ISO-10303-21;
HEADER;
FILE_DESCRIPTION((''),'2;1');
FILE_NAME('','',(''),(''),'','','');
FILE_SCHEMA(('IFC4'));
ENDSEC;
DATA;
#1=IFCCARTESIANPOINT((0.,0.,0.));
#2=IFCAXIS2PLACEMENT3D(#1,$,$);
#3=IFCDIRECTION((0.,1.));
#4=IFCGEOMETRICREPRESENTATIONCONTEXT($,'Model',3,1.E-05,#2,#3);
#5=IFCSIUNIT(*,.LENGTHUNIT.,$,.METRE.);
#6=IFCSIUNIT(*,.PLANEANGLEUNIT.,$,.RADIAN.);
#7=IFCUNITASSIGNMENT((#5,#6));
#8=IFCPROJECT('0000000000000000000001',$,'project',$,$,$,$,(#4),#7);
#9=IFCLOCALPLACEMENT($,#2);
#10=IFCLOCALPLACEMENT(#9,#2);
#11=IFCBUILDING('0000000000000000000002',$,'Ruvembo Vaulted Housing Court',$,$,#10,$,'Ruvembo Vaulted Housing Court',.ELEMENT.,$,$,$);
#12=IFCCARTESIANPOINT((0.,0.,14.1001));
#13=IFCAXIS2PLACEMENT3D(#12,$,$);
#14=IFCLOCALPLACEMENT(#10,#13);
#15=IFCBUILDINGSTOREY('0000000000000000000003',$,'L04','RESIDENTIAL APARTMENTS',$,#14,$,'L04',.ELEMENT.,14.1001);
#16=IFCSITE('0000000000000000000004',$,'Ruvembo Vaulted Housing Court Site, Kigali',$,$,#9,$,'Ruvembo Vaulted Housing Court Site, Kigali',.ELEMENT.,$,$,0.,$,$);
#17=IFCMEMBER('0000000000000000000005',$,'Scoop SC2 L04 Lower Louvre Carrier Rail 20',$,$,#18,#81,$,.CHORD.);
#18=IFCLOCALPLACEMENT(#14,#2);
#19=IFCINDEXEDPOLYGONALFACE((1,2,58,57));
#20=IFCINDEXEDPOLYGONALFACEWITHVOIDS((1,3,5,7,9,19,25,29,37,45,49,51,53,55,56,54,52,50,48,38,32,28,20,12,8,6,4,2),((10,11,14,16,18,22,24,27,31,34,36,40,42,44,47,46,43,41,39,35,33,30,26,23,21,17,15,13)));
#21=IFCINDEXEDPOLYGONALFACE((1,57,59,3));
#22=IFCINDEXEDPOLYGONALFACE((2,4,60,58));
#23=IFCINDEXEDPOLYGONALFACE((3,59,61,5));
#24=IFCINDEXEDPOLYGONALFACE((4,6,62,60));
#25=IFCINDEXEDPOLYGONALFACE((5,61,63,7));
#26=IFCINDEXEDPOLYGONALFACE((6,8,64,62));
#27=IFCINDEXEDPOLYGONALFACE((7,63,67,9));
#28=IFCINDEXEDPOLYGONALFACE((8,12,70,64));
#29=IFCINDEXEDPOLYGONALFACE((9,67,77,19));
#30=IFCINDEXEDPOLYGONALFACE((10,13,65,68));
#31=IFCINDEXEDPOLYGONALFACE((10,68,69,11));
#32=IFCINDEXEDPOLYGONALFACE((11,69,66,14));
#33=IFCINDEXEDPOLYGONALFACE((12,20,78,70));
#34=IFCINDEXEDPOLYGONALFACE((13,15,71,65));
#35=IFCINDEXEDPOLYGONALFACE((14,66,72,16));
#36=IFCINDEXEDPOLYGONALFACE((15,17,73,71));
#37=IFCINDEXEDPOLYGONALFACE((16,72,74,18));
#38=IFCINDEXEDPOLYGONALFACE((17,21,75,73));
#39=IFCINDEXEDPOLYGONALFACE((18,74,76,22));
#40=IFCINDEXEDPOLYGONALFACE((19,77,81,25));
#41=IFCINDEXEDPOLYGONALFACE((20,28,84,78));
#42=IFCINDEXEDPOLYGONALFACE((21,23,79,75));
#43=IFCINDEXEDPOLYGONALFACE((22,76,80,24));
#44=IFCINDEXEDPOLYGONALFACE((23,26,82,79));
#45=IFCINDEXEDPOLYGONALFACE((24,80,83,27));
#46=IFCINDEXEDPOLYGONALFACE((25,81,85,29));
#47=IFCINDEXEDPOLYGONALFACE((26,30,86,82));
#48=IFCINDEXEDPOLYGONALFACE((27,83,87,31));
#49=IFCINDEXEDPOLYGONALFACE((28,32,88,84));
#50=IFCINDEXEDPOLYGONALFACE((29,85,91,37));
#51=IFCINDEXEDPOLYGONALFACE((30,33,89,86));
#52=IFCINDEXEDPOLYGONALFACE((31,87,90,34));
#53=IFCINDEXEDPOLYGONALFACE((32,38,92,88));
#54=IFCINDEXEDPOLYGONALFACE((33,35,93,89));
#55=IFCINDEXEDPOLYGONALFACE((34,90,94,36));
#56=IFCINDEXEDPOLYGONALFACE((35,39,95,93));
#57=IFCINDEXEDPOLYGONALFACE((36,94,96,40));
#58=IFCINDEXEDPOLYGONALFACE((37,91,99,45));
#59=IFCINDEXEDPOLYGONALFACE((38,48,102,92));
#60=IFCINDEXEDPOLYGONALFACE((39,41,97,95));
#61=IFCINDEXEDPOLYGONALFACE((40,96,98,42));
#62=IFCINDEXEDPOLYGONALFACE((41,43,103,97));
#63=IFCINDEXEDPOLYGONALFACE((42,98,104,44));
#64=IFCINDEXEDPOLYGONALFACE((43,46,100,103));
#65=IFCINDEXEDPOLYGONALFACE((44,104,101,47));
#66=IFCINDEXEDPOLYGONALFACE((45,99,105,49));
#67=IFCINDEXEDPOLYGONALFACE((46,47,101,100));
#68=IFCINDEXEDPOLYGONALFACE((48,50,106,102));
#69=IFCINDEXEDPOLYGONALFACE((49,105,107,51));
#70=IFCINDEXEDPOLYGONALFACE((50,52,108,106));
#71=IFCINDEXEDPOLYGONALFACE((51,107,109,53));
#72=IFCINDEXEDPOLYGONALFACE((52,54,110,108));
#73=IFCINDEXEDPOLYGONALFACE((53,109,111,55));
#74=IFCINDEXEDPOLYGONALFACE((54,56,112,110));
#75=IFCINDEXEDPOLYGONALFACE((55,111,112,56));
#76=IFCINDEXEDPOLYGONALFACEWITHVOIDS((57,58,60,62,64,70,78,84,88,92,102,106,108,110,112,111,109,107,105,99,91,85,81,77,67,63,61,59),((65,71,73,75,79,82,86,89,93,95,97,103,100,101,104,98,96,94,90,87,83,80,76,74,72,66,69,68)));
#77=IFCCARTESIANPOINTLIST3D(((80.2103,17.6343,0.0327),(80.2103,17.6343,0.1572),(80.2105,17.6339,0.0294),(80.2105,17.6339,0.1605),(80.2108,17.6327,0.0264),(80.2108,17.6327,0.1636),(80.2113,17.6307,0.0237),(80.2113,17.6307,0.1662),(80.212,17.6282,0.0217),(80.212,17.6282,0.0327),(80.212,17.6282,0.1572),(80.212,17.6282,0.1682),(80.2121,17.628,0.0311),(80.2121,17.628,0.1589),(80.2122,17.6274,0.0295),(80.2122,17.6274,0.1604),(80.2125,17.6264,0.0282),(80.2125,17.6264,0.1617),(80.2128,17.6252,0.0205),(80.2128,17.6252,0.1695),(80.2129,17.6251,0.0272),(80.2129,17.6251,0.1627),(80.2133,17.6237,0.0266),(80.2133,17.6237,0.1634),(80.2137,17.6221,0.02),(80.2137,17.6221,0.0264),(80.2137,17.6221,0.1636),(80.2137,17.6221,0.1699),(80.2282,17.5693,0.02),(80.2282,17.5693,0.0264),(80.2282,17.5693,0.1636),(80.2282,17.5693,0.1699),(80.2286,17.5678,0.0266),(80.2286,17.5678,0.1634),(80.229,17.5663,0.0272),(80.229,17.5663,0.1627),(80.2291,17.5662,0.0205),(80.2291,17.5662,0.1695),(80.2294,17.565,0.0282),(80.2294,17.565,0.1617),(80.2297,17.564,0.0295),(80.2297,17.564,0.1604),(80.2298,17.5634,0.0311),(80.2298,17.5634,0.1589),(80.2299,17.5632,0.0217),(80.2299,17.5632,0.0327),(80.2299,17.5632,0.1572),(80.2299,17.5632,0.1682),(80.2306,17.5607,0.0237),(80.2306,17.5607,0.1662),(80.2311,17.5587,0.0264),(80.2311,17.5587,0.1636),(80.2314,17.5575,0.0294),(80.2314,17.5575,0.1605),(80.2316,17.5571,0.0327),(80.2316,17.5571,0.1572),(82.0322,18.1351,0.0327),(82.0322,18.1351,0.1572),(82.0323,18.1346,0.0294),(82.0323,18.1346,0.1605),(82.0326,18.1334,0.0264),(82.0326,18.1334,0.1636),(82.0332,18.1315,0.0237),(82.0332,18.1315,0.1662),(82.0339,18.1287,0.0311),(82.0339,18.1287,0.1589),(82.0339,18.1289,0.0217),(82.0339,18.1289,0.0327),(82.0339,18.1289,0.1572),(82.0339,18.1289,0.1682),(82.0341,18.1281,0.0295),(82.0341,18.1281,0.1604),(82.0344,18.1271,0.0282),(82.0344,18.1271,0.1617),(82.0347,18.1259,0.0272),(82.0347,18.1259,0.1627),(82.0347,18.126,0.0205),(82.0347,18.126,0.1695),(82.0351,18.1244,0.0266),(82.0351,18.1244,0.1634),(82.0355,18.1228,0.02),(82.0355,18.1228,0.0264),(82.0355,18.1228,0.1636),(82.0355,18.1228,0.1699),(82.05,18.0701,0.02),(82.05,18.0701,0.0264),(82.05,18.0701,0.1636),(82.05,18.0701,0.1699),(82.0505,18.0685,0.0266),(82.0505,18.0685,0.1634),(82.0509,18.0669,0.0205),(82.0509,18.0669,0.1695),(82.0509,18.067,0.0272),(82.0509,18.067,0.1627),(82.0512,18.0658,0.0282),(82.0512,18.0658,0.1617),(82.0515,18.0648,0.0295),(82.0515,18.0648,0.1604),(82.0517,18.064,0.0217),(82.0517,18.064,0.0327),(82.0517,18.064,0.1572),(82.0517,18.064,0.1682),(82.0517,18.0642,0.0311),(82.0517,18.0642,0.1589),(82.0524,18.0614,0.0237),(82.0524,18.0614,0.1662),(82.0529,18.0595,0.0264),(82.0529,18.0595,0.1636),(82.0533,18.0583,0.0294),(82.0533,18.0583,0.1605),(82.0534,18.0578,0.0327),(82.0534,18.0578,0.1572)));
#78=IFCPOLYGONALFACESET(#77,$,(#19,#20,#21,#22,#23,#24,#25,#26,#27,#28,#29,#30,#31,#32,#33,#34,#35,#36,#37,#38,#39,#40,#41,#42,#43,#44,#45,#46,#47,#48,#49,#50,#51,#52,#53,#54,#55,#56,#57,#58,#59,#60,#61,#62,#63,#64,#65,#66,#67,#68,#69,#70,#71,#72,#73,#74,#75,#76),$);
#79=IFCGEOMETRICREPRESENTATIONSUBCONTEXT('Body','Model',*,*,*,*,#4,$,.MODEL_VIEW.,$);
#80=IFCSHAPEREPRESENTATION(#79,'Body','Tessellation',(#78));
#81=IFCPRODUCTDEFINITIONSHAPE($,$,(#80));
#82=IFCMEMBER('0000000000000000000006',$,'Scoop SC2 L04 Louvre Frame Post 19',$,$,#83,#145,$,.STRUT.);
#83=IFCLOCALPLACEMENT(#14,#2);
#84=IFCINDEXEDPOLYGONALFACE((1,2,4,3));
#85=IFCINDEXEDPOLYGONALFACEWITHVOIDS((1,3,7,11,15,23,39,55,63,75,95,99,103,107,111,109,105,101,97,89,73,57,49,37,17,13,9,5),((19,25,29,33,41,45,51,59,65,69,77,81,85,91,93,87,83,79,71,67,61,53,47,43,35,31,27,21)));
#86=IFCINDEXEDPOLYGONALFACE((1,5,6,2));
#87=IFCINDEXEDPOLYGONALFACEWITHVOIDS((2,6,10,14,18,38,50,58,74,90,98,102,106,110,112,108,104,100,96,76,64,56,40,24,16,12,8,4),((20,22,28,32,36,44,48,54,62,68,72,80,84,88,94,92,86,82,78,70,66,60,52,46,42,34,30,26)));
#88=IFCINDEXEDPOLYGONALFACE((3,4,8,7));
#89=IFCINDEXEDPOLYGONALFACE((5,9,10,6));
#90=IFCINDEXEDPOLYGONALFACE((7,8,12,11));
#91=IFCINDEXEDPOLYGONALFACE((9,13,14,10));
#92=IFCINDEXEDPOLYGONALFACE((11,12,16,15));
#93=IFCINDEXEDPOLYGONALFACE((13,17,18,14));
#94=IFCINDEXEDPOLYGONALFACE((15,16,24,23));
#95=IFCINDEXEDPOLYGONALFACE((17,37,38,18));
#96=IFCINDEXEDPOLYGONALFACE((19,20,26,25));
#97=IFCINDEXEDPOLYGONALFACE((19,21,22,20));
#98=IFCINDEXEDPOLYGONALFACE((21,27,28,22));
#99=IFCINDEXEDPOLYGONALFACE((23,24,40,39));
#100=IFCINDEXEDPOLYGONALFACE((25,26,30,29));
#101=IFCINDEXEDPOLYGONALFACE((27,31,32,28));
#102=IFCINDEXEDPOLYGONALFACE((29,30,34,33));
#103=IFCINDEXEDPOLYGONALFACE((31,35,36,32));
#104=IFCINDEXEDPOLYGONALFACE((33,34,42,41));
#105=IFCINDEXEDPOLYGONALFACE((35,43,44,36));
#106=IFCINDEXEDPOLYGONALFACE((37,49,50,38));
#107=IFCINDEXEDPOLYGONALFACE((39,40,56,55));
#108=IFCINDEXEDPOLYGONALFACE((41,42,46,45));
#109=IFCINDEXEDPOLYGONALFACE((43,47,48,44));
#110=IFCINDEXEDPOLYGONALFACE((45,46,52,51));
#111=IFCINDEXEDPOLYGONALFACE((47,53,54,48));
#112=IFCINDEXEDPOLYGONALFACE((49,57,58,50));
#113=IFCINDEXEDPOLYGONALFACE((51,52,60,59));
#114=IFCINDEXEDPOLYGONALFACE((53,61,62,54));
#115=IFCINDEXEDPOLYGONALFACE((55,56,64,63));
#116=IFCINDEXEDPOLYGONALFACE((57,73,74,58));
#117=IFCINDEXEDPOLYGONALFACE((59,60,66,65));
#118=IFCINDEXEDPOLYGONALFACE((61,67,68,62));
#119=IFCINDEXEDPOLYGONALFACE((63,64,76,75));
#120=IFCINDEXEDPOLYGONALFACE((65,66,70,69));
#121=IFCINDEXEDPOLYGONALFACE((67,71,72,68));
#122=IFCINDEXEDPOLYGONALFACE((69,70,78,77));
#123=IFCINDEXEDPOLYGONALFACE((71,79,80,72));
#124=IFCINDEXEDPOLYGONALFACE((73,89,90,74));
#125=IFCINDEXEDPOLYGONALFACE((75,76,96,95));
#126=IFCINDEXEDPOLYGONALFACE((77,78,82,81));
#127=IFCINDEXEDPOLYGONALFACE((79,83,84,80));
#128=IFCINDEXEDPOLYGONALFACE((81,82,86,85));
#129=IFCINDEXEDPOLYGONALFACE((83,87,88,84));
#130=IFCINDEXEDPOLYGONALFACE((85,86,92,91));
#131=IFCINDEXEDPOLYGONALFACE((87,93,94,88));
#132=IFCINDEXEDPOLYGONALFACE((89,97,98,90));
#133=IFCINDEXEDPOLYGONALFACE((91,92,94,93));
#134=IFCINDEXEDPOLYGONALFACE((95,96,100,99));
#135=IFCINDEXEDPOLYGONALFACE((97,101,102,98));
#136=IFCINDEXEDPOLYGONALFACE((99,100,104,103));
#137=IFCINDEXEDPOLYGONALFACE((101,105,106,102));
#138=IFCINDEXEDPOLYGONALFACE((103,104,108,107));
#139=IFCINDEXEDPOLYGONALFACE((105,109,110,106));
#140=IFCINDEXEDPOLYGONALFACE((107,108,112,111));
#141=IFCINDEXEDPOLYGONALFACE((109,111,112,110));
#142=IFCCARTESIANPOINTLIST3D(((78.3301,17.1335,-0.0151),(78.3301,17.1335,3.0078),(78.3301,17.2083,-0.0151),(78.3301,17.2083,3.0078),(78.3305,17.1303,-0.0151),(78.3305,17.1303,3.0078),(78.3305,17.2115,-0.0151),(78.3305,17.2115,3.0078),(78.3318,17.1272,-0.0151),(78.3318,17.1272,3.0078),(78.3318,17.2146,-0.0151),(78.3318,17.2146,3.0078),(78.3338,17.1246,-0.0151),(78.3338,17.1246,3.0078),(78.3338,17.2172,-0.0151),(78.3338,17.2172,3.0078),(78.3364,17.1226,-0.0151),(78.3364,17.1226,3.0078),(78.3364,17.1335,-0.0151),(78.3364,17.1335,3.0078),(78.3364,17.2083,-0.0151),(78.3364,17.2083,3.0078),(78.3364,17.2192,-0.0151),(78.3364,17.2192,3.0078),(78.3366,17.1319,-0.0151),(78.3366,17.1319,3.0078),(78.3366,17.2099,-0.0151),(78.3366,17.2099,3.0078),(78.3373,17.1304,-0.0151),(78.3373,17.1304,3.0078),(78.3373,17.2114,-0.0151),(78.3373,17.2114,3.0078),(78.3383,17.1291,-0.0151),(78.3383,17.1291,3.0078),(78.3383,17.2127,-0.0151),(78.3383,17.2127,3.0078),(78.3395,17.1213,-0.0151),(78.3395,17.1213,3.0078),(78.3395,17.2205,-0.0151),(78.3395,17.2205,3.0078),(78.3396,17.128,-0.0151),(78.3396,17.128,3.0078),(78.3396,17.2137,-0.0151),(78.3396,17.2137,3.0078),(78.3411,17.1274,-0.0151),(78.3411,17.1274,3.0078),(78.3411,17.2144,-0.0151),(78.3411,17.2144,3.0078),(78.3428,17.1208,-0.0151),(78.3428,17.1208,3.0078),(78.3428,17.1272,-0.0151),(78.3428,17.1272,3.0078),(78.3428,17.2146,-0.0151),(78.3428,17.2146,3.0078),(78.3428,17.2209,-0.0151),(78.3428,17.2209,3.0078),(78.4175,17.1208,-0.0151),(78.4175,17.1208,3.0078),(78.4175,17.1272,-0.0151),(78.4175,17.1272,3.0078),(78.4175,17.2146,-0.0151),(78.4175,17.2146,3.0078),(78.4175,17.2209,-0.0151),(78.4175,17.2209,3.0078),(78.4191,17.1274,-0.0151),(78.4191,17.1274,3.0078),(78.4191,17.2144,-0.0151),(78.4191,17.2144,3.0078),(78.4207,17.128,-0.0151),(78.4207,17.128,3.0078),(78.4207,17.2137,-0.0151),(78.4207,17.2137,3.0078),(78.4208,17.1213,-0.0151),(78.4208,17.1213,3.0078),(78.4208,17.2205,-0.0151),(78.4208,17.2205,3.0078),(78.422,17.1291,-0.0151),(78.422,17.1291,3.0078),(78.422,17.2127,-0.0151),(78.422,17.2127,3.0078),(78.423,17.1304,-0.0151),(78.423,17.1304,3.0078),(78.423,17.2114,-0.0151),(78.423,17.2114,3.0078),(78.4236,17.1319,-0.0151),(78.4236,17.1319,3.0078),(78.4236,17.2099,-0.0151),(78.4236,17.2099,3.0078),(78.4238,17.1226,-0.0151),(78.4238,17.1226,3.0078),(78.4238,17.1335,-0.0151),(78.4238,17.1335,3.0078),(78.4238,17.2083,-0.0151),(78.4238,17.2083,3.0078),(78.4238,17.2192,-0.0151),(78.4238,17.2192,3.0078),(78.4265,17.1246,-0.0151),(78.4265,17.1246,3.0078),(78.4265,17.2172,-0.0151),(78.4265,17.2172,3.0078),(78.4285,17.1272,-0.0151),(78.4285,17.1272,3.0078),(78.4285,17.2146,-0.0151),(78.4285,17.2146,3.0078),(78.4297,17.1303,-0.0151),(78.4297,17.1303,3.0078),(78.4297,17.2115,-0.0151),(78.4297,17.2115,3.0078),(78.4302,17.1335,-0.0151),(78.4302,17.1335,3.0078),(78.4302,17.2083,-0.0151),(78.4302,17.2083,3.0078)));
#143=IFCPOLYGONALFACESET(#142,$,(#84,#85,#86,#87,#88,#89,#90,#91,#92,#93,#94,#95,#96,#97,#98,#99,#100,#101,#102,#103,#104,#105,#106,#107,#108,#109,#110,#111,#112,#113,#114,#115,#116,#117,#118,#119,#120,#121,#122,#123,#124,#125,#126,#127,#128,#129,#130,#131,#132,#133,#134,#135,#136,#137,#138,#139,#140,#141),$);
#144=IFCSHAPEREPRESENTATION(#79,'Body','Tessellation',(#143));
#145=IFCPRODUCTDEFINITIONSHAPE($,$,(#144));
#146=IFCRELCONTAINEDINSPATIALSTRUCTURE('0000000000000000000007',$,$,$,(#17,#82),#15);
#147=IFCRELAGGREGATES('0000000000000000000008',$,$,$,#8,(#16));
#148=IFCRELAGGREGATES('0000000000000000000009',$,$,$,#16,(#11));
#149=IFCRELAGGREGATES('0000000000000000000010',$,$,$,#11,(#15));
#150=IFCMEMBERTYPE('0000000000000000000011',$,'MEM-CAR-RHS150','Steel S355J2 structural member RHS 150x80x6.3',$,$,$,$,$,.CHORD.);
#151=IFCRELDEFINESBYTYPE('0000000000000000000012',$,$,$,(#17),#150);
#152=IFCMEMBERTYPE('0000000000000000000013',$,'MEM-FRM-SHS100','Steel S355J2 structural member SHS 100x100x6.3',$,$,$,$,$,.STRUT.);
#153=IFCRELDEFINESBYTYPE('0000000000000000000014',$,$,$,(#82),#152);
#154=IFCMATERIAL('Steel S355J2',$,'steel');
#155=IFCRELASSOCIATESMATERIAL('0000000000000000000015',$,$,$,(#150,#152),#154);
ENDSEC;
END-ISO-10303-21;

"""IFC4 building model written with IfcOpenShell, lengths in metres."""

from ifc_helpers import new_model, si_unit, direction, frame, origin, origin_2d, place, context, subcontext, project, spatial, hollow_rectangle, extrude, material, material_profile, profile_set, type_object, element, save


model = new_model("IFC4")

# Units and contexts
model_context = context("Model", 3, precision=1e-05, world=origin(), true_north=direction((0.0, 1.0)))
body_context = subcontext(model_context, "Body", "Model", "MODEL_VIEW")
ifc_project = project(units=[si_unit("LENGTHUNIT", "METRE"), si_unit("PLANEANGLEUNIT", "RADIAN")], contexts=[model_context])

# Site, building, storey
site_placement = place(None, origin())
site = spatial("IfcSite", under=ifc_project, at=site_placement, Name="Ruvembo Vaulted Housing Court Site, Kigali", LongName="Ruvembo Vaulted Housing Court Site, Kigali", CompositionType="ELEMENT", RefElevation=0.0)
building_placement = place(site_placement, origin())
building = spatial("IfcBuilding", under=site, at=building_placement, Name="Ruvembo Vaulted Housing Court", LongName="Ruvembo Vaulted Housing Court", CompositionType="ELEMENT")
storey_placement = place(building_placement, frame((0.0, 0.0, 14.1001)))
storey = spatial("IfcBuildingStorey", under=building, at=storey_placement, Name="L04", Description="RESIDENTIAL APARTMENTS", LongName="L04", CompositionType="ELEMENT", Elevation=14.1001)

# Shared definitions
ifc_material_1 = material(Name="Steel S355J2", Category="steel")

# Members
ifc_material_profile_1 = material_profile(ifc_material_1, hollow_rectangle(XDim=0.0801, YDim=0.1499, WallThickness=0.0063, InnerFilletRadius=0.0063, OuterFilletRadius=0.0127, at=origin_2d()), Name="RHS 150x80x6.3")
ifc_profile_set_1 = profile_set([ifc_material_profile_1], Name="Steel S355J2")
member_type_1 = type_object("IfcMemberType", Name="MEM-CAR-RHS150", Description="Steel S355J2 structural member RHS 150x80x6.3", PredefinedType="CHORD", material=ifc_profile_set_1)
member_1_placement = place(storey_placement, frame((80.2209, 17.5957, 0.095), z_axis=(0.96424, 0.26503, 0.0), x_axis=(-0.26503, 0.96424, 0.0)))
element("IfcMember", 1, at=member_1_placement, inside=storey, type_object=member_type_1, Name="Scoop SC2 L04 Lower Louvre Carrier Rail 20", PredefinedType="CHORD", context=body_context, shape_type="SweptSolid", body=[
    extrude(hollow_rectangle(XDim=0.0801, YDim=0.1499, WallThickness=0.0063, InnerFilletRadius=0.0063, OuterFilletRadius=0.0127, at=origin_2d()), origin(), (0.0, 0.0, 1.0), 1.8894),
])
ifc_material_profile_2 = material_profile(ifc_material_1, hollow_rectangle(XDim=0.1001, YDim=0.1001, WallThickness=0.0063, InnerFilletRadius=0.0063, OuterFilletRadius=0.0127, at=origin_2d()), Name="SHS 100x100x6.3")
ifc_profile_set_2 = profile_set([ifc_material_profile_2], Name="Steel S355J2")
member_type_2 = type_object("IfcMemberType", Name="MEM-FRM-SHS100", Description="Steel S355J2 structural member SHS 100x100x6.3", PredefinedType="STRUT", material=ifc_profile_set_2)
for number, where, z_axis, x_axis, name in (
    (2, (78.3801, 17.1709, -0.0151), (0.0, 0.0, 1.0), (1.0, 0.0, 0.0), "Scoop SC2 L04 Louvre Frame Post 19"),
):
    element("IfcMember", number, at=place(storey_placement, frame(where, z_axis=z_axis, x_axis=x_axis)), inside=storey, type_object=member_type_2, Name=name, PredefinedType="STRUT", context=body_context, shape_type="SweptSolid", body=[
        extrude(hollow_rectangle(XDim=0.1001, YDim=0.1001, WallThickness=0.0063, InnerFilletRadius=0.0063, OuterFilletRadius=0.0127, at=origin_2d()), origin(), (0.0, 0.0, 1.0), 3.0229),
    ])

save(model, "model.ifc")
